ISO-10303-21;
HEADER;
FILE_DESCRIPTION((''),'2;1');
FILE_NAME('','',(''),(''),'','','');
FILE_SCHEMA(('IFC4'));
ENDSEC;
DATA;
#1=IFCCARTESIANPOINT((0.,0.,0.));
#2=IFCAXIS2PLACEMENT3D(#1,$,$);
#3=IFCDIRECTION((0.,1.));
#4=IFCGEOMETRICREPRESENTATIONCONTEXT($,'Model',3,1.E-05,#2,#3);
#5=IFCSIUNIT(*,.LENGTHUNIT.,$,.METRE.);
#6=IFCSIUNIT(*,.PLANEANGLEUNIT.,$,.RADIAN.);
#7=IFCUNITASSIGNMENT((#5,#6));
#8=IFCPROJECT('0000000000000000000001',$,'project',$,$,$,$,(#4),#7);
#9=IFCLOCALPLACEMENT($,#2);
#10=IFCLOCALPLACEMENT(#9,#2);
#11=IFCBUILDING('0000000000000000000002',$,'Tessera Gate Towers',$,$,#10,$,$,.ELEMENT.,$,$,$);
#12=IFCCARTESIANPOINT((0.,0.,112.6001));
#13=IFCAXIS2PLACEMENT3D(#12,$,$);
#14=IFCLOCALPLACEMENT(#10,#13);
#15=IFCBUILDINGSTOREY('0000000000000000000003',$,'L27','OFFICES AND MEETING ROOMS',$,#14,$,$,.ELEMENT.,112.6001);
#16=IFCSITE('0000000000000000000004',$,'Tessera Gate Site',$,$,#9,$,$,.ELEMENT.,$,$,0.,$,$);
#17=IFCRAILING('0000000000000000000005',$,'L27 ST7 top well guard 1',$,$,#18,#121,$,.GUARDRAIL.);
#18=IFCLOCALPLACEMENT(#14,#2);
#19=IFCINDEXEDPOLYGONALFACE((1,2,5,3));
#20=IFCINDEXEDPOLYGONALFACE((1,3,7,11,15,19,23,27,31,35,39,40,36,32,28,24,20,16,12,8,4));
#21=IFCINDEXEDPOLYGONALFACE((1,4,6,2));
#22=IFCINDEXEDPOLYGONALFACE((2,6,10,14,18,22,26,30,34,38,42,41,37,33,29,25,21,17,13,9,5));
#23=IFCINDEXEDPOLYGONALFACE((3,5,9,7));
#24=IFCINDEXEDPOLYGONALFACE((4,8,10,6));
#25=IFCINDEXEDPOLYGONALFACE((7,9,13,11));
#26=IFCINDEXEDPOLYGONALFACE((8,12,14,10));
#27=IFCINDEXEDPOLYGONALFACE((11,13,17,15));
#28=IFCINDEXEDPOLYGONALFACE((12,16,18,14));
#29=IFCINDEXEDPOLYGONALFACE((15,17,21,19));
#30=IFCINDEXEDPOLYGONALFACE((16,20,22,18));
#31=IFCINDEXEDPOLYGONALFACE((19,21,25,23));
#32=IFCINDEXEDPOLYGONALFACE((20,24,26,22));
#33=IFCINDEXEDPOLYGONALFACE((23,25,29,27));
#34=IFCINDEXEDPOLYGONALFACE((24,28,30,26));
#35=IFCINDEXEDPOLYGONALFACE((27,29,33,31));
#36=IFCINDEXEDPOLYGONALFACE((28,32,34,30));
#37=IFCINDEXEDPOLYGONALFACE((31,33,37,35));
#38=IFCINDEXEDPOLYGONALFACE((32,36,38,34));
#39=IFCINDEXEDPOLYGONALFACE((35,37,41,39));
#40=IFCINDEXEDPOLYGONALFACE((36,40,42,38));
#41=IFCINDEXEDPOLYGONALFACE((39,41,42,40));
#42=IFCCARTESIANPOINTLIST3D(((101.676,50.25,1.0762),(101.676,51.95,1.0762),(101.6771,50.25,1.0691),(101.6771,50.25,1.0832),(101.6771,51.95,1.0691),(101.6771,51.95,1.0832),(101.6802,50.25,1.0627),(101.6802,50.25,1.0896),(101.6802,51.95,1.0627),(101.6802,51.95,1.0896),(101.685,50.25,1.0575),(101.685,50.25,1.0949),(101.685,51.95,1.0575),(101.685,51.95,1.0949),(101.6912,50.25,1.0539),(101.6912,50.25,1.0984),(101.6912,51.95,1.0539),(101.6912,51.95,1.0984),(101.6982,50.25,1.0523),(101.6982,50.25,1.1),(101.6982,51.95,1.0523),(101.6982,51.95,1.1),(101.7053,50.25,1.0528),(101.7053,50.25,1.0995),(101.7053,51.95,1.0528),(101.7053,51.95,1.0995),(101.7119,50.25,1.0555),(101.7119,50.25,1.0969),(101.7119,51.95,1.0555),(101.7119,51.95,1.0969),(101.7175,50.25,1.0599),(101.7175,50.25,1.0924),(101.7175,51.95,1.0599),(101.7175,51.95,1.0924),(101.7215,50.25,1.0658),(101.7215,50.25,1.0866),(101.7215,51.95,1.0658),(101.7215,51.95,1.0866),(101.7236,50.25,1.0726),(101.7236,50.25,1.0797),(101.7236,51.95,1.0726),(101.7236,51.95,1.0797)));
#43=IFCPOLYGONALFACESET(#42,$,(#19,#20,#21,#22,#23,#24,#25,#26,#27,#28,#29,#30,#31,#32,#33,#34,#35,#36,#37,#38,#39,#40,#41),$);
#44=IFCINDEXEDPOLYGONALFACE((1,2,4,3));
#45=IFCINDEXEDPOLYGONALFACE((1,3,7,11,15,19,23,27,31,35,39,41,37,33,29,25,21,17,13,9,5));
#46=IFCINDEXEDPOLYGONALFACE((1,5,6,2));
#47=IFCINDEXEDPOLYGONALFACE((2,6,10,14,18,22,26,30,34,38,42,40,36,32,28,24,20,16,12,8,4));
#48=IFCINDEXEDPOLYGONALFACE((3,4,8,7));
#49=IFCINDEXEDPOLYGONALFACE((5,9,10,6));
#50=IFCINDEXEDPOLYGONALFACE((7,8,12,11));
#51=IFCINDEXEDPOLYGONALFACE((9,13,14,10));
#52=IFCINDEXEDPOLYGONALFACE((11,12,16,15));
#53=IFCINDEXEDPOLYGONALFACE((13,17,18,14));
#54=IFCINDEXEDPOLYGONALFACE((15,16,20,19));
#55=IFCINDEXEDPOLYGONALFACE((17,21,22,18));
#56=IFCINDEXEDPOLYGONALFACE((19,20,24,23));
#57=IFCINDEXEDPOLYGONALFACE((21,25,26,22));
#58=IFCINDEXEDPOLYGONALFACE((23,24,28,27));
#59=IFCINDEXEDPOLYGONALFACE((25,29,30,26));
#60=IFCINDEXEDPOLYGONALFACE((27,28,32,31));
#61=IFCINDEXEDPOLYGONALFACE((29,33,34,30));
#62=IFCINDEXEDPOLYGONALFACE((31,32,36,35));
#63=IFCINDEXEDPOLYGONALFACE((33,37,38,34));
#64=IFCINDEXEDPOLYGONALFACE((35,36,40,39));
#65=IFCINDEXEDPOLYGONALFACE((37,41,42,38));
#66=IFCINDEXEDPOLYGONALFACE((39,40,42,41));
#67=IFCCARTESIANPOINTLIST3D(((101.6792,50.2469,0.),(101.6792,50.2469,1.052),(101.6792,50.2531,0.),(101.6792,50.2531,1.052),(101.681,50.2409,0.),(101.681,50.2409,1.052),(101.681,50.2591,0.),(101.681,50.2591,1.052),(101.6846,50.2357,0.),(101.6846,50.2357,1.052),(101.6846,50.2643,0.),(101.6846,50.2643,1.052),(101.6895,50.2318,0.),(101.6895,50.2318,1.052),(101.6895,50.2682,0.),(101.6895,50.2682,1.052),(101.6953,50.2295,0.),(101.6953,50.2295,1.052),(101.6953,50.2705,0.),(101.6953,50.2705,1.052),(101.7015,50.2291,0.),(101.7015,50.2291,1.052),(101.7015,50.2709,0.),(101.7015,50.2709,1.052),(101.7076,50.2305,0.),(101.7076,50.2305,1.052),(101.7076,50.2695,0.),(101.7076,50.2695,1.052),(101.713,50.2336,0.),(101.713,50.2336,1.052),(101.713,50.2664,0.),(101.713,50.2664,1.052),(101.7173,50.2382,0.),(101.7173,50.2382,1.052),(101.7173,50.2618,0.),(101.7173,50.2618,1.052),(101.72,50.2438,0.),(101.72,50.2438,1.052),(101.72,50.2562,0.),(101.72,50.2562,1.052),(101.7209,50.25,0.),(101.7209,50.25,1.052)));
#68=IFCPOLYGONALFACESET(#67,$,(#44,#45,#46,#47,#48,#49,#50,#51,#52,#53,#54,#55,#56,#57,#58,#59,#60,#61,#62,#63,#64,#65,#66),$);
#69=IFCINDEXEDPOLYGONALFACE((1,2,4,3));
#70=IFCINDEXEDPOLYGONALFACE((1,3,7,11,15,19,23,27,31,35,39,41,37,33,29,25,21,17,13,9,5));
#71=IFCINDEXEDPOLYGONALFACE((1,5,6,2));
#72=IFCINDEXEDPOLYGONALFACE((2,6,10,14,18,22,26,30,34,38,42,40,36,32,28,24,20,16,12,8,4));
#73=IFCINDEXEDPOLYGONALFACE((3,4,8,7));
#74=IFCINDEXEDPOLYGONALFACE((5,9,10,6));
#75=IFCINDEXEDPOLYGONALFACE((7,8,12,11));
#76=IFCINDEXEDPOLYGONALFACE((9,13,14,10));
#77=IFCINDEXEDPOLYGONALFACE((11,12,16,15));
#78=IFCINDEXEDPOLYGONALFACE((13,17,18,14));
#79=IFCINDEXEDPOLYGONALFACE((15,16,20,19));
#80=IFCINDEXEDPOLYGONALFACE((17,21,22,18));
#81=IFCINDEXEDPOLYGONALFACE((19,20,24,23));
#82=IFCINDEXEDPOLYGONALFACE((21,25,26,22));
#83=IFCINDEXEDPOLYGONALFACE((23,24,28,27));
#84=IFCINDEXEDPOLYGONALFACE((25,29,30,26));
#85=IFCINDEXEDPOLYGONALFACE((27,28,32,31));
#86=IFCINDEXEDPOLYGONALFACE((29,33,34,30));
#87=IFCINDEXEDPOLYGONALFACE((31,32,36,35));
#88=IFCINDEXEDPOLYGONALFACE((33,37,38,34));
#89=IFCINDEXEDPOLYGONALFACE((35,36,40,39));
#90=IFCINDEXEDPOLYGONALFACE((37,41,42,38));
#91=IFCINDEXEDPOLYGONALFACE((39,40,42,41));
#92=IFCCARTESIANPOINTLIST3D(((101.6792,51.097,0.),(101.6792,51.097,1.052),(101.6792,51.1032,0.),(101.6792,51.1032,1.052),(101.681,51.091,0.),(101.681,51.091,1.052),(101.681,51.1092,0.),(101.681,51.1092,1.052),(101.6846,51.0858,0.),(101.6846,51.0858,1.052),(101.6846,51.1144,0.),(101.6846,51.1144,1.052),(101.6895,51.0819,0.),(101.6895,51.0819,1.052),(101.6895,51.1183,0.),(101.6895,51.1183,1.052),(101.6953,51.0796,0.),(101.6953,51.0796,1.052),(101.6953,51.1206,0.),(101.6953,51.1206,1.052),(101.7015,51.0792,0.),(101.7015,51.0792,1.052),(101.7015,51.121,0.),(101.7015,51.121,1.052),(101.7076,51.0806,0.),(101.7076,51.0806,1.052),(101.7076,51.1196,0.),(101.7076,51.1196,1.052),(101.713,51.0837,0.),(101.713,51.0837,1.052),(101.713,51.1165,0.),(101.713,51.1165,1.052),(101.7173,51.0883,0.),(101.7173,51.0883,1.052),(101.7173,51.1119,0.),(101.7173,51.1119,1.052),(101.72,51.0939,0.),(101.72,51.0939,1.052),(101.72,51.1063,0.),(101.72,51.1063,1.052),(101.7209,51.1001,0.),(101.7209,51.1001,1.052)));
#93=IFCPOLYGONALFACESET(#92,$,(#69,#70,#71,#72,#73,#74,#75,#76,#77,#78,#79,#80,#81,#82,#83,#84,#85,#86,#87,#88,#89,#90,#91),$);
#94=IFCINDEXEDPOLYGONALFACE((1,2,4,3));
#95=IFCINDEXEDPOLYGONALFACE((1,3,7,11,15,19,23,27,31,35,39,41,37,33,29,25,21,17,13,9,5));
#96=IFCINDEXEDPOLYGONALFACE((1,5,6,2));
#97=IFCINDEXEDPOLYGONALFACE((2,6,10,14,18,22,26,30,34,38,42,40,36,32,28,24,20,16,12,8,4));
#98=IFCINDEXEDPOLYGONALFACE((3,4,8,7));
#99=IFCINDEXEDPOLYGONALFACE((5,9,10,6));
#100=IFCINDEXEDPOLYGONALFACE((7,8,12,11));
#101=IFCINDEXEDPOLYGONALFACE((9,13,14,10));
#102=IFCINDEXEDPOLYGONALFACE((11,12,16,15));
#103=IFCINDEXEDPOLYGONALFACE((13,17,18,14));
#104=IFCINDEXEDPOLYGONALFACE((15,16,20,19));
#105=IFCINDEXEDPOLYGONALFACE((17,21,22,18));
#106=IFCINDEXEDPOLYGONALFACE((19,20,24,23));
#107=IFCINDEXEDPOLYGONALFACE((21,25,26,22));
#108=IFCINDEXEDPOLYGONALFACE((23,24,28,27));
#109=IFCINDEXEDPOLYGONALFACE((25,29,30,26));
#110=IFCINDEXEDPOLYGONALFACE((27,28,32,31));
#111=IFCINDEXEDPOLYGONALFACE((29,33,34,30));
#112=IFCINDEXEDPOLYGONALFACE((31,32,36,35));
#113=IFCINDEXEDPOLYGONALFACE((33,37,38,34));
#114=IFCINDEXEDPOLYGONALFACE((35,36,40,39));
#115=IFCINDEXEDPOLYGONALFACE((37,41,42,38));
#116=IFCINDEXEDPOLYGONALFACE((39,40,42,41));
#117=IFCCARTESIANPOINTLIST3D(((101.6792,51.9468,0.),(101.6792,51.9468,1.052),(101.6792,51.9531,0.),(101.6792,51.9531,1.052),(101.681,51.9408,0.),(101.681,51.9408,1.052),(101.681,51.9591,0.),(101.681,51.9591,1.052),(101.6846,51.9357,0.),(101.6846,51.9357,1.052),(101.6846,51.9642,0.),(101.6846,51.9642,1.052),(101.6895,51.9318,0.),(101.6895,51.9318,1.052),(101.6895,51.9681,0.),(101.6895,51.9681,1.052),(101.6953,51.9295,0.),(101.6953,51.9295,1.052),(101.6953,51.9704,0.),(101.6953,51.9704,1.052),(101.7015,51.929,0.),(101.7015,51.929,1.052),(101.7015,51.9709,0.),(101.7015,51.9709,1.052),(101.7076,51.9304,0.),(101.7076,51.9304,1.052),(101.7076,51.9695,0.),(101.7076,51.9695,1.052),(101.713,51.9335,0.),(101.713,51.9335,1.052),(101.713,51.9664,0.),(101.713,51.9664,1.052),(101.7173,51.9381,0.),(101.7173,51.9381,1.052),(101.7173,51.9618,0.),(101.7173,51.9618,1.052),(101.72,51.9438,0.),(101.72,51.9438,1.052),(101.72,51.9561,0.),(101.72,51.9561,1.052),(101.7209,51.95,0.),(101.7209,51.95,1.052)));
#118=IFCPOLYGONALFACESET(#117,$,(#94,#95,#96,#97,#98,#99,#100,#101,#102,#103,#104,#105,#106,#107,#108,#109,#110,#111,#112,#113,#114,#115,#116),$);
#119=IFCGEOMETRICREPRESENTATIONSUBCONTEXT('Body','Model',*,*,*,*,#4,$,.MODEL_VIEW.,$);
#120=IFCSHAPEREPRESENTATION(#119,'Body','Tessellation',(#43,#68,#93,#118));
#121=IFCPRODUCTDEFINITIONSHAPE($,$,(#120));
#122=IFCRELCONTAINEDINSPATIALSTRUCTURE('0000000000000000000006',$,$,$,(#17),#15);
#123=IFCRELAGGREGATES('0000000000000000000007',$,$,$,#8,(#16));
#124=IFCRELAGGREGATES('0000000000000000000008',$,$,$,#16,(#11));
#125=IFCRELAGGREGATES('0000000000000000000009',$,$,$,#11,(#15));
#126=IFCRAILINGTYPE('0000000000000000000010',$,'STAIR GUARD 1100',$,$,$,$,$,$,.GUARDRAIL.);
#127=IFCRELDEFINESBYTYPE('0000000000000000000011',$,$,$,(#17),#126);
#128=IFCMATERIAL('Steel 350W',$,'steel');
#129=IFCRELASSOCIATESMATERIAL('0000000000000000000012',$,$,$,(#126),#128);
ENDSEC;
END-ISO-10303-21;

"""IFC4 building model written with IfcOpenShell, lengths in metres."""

from ifc_helpers import new_model, si_unit, direction, frame, origin, origin_2d, place, context, subcontext, project, spatial, circle, extrude, material, type_object, element, save


model = new_model("IFC4")

# Units and contexts
model_context = context("Model", 3, precision=1e-05, world=origin(), true_north=direction((0.0, 1.0)))
body_context = subcontext(model_context, "Body", "Model", "MODEL_VIEW")
ifc_project = project(units=[si_unit("LENGTHUNIT", "METRE"), si_unit("PLANEANGLEUNIT", "RADIAN")], contexts=[model_context])

# Site, building, storey
site_placement = place(None, origin())
site = spatial("IfcSite", under=ifc_project, at=site_placement, Name="Tessera Gate Site", CompositionType="ELEMENT", RefElevation=0.0)
building_placement = place(site_placement, origin())
building = spatial("IfcBuilding", under=site, at=building_placement, Name="Tessera Gate Towers", CompositionType="ELEMENT")
storey_placement = place(building_placement, frame((0.0, 0.0, 112.6001)))
storey = spatial("IfcBuildingStorey", under=building, at=storey_placement, Name="L27", Description="OFFICES AND MEETING ROOMS", CompositionType="ELEMENT", Elevation=112.6001)

# Railing
ifc_material_1 = material(Name="Steel 350W", Category="steel")
railing_type = type_object("IfcRailingType", Name="STAIR GUARD 1100", PredefinedType="GUARDRAIL", material=ifc_material_1)
railing_placement = place(storey_placement, frame((101.7, 50.25, 0.0)))
element("IfcRailing", 1, at=railing_placement, inside=storey, type_object=railing_type, Name="L27 ST7 top well guard 1", PredefinedType="GUARDRAIL", context=body_context, shape_type="SweptSolid", body=[
    extrude(circle(Radius=0.0239, at=origin_2d()), frame((0.0, 0.0, 1.0762), z_axis=(0.0, 1.0, 0.0), x_axis=(-1.0, 0.0, 0.0)), (0.0, 0.0, 1.0), 1.7),
    extrude(circle(Radius=0.021, at=origin_2d()), origin(), (0.0, 0.0, 1.0), 1.052),
    extrude(circle(Radius=0.021, at=origin_2d()), frame((0.0, 0.8501, 0.0)), (0.0, 0.0, 1.0), 1.052),
    extrude(circle(Radius=0.021, at=origin_2d()), frame((0.0, 1.7, 0.0)), (0.0, 0.0, 1.0), 1.052),
])

save(model, "model.ifc")
